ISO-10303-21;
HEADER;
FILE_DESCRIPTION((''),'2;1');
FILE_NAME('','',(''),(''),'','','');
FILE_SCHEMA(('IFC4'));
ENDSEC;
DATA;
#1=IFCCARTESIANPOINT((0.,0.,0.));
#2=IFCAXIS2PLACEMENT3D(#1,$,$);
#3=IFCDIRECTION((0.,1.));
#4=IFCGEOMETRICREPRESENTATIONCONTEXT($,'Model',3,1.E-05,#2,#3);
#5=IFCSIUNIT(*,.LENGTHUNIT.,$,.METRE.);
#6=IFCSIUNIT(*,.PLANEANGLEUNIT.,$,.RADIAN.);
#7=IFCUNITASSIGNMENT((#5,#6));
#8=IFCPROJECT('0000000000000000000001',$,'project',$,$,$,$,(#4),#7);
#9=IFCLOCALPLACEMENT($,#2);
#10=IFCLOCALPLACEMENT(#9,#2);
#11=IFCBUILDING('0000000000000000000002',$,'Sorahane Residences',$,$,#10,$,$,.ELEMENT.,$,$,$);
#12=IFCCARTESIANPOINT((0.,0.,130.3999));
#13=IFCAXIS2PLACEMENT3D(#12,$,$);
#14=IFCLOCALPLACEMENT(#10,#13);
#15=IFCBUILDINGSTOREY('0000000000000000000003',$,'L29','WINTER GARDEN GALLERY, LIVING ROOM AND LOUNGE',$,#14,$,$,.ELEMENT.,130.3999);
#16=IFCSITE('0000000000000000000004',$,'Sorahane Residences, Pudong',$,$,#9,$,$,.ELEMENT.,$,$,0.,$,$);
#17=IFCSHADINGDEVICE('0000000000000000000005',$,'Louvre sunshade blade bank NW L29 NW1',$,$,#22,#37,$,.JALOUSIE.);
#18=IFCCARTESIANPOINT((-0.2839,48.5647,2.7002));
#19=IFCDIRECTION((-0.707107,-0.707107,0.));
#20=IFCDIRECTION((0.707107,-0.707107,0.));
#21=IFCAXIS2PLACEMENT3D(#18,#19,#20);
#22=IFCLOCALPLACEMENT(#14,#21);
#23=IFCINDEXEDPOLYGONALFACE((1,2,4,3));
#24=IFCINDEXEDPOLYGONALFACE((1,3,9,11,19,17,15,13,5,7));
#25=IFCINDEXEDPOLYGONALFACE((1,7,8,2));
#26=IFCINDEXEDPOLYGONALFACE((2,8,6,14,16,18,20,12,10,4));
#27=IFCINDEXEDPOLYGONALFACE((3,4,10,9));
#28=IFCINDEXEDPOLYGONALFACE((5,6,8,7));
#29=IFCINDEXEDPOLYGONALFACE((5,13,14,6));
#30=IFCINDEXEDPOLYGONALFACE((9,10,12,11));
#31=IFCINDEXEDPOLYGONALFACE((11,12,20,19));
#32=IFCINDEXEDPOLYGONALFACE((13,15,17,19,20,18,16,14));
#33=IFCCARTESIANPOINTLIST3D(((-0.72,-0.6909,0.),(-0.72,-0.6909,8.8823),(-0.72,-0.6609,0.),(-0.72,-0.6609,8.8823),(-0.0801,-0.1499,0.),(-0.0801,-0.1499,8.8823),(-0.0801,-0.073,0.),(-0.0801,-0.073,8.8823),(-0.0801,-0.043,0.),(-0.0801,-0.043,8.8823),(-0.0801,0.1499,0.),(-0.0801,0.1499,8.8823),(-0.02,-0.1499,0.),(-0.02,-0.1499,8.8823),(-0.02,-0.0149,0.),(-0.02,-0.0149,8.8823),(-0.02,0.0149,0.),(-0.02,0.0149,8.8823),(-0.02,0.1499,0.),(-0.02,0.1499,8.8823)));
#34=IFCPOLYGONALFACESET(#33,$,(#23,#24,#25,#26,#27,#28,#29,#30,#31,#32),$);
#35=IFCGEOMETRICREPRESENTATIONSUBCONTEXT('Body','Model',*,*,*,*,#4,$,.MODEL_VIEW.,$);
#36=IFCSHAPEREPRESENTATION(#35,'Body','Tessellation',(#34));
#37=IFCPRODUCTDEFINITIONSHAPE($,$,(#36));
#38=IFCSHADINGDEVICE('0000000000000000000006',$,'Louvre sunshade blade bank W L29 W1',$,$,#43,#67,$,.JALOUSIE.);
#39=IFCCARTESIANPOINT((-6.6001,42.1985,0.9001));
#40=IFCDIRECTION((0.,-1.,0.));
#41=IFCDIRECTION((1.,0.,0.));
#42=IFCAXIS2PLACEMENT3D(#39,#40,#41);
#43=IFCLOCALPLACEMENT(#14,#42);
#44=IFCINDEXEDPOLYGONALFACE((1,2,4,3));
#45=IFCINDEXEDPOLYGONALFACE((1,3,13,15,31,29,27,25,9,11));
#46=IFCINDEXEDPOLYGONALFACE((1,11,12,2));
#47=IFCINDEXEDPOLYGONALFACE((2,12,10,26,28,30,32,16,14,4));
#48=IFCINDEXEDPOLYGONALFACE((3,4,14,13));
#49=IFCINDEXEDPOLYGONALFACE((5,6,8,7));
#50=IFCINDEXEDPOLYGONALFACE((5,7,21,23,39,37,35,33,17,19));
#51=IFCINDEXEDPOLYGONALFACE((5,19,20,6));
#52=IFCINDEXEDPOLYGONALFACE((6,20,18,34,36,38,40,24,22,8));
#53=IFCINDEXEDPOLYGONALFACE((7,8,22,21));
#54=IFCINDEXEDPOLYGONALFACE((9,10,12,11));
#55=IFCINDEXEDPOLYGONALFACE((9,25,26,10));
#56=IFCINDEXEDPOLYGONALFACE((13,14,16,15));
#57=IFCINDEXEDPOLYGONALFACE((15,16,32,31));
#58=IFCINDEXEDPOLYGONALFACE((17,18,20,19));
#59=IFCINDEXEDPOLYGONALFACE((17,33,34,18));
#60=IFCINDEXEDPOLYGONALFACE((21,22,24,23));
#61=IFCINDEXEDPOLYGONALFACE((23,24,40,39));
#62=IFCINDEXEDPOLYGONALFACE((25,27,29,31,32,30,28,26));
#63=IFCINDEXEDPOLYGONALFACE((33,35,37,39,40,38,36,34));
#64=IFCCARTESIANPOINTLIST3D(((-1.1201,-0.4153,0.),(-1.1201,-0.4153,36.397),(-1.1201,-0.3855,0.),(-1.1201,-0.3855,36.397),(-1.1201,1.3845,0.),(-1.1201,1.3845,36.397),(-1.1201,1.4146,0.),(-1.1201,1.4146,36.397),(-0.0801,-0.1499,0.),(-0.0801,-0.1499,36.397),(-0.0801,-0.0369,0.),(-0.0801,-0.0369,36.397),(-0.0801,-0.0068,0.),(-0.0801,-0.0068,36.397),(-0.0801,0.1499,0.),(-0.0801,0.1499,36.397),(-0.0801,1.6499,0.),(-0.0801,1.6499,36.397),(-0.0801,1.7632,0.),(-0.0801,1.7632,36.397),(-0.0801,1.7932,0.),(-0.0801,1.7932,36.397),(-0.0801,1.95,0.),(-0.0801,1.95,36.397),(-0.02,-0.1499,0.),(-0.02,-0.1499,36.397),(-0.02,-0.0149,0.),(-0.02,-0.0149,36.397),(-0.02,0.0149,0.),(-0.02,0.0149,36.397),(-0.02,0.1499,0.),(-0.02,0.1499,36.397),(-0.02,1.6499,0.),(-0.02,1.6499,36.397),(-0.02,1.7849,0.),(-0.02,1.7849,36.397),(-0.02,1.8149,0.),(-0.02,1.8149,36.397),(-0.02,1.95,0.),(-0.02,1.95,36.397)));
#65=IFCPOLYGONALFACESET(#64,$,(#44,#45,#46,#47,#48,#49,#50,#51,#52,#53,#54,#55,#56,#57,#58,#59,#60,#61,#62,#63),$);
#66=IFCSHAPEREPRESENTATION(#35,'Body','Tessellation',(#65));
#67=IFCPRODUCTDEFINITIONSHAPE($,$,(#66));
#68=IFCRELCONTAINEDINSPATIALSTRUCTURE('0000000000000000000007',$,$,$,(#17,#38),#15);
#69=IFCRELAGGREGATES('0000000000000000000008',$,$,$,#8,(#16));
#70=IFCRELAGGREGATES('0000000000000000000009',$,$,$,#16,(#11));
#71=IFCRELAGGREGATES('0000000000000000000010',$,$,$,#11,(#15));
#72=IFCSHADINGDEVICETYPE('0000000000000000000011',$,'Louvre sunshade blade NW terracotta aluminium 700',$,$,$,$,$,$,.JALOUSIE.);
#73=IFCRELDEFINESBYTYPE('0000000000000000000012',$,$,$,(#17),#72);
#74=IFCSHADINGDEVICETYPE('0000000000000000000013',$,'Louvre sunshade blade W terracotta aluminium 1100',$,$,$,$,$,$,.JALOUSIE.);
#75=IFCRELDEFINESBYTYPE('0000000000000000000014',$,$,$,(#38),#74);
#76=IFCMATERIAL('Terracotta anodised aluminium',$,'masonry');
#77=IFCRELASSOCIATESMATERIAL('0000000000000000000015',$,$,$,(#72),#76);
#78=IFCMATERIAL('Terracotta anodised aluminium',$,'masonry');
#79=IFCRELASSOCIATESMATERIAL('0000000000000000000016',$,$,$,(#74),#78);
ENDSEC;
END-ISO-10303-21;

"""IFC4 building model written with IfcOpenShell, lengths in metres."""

from ifc_helpers import new_model, si_unit, direction, frame, origin, place, context, subcontext, project, spatial, polyline, outline, composite_profile, extrude, material, type_object, element, save


model = new_model("IFC4")

# Units and contexts
model_context = context("Model", 3, precision=1e-05, world=origin(), true_north=direction((0.0, 1.0)))
body_context = subcontext(model_context, "Body", "Model", "MODEL_VIEW")
ifc_project = project(units=[si_unit("LENGTHUNIT", "METRE"), si_unit("PLANEANGLEUNIT", "RADIAN")], contexts=[model_context])

# Site, building, storey
site_placement = place(None, origin())
site = spatial("IfcSite", under=ifc_project, at=site_placement, Name="Sorahane Residences, Pudong", CompositionType="ELEMENT", RefElevation=0.0)
building_placement = place(site_placement, origin())
building = spatial("IfcBuilding", under=site, at=building_placement, Name="Sorahane Residences", CompositionType="ELEMENT")
storey_placement = place(building_placement, frame((0.0, 0.0, 130.3999)))
storey = spatial("IfcBuildingStorey", under=building, at=storey_placement, Name="L29", Description="WINTER GARDEN GALLERY, LIVING ROOM AND LOUNGE", CompositionType="ELEMENT", Elevation=130.3999)

# Shading devices
ifc_material_1 = material(Name="Terracotta anodised aluminium", Category="masonry")
shading_device_type_1 = type_object("IfcShadingDeviceType", Name="Louvre sunshade blade NW terracotta aluminium 700", PredefinedType="JALOUSIE", material=ifc_material_1)
shading_device_1_placement = place(storey_placement, frame((-0.2839, 48.5647, 2.7002), z_axis=(-0.707107, -0.707107, 0.0), x_axis=(0.707107, -0.707107, 0.0)))
element("IfcShadingDevice", 1, at=shading_device_1_placement, inside=storey, type_object=shading_device_type_1, Name="Louvre sunshade blade bank NW L29 NW1", PredefinedType="JALOUSIE", context=body_context, shape_type="SweptSolid", body=[
    extrude(outline(polyline([(-0.72, -0.6609), (-0.72, -0.6909), (-0.0801, -0.073), (-0.0801, -0.1499), (-0.02, -0.1499), (-0.02, -0.0149), (-0.02, 0.0149), (-0.02, 0.1499), (-0.0801, 0.1499), (-0.0801, -0.043), (-0.72, -0.6609)])), origin(), (0.0, 0.0, 1.0), 8.8823),
])
ifc_material_2 = material(Name="Terracotta anodised aluminium", Category="masonry")
shading_device_type_2 = type_object("IfcShadingDeviceType", Name="Louvre sunshade blade W terracotta aluminium 1100", PredefinedType="JALOUSIE", material=ifc_material_2)
shading_device_2_placement = place(storey_placement, frame((-6.6001, 42.1985, 0.9001), z_axis=(0.0, -1.0, 0.0), x_axis=(1.0, 0.0, 0.0)))
element("IfcShadingDevice", 2, at=shading_device_2_placement, inside=storey, type_object=shading_device_type_2, Name="Louvre sunshade blade bank W L29 W1", PredefinedType="JALOUSIE", context=body_context, shape_type="SweptSolid", body=[
    extrude(composite_profile([outline(polyline([(-1.1201, -0.3855), (-1.1201, -0.4153), (-0.0801, -0.0369), (-0.0801, -0.1499), (-0.02, -0.1499), (-0.02, -0.0149), (-0.02, 0.0149), (-0.02, 0.1499), (-0.0801, 0.1499), (-0.0801, -0.0068), (-1.1201, -0.3855)])), outline(polyline([(-1.1201, 1.4146), (-1.1201, 1.3845), (-0.0801, 1.7632), (-0.0801, 1.6499), (-0.02, 1.6499), (-0.02, 1.7849), (-0.02, 1.8149), (-0.02, 1.95), (-0.0801, 1.95), (-0.0801, 1.7932), (-1.1201, 1.4146)]))]), origin(), (0.0, 0.0, 1.0), 36.397),
])

save(model, "model.ifc")
